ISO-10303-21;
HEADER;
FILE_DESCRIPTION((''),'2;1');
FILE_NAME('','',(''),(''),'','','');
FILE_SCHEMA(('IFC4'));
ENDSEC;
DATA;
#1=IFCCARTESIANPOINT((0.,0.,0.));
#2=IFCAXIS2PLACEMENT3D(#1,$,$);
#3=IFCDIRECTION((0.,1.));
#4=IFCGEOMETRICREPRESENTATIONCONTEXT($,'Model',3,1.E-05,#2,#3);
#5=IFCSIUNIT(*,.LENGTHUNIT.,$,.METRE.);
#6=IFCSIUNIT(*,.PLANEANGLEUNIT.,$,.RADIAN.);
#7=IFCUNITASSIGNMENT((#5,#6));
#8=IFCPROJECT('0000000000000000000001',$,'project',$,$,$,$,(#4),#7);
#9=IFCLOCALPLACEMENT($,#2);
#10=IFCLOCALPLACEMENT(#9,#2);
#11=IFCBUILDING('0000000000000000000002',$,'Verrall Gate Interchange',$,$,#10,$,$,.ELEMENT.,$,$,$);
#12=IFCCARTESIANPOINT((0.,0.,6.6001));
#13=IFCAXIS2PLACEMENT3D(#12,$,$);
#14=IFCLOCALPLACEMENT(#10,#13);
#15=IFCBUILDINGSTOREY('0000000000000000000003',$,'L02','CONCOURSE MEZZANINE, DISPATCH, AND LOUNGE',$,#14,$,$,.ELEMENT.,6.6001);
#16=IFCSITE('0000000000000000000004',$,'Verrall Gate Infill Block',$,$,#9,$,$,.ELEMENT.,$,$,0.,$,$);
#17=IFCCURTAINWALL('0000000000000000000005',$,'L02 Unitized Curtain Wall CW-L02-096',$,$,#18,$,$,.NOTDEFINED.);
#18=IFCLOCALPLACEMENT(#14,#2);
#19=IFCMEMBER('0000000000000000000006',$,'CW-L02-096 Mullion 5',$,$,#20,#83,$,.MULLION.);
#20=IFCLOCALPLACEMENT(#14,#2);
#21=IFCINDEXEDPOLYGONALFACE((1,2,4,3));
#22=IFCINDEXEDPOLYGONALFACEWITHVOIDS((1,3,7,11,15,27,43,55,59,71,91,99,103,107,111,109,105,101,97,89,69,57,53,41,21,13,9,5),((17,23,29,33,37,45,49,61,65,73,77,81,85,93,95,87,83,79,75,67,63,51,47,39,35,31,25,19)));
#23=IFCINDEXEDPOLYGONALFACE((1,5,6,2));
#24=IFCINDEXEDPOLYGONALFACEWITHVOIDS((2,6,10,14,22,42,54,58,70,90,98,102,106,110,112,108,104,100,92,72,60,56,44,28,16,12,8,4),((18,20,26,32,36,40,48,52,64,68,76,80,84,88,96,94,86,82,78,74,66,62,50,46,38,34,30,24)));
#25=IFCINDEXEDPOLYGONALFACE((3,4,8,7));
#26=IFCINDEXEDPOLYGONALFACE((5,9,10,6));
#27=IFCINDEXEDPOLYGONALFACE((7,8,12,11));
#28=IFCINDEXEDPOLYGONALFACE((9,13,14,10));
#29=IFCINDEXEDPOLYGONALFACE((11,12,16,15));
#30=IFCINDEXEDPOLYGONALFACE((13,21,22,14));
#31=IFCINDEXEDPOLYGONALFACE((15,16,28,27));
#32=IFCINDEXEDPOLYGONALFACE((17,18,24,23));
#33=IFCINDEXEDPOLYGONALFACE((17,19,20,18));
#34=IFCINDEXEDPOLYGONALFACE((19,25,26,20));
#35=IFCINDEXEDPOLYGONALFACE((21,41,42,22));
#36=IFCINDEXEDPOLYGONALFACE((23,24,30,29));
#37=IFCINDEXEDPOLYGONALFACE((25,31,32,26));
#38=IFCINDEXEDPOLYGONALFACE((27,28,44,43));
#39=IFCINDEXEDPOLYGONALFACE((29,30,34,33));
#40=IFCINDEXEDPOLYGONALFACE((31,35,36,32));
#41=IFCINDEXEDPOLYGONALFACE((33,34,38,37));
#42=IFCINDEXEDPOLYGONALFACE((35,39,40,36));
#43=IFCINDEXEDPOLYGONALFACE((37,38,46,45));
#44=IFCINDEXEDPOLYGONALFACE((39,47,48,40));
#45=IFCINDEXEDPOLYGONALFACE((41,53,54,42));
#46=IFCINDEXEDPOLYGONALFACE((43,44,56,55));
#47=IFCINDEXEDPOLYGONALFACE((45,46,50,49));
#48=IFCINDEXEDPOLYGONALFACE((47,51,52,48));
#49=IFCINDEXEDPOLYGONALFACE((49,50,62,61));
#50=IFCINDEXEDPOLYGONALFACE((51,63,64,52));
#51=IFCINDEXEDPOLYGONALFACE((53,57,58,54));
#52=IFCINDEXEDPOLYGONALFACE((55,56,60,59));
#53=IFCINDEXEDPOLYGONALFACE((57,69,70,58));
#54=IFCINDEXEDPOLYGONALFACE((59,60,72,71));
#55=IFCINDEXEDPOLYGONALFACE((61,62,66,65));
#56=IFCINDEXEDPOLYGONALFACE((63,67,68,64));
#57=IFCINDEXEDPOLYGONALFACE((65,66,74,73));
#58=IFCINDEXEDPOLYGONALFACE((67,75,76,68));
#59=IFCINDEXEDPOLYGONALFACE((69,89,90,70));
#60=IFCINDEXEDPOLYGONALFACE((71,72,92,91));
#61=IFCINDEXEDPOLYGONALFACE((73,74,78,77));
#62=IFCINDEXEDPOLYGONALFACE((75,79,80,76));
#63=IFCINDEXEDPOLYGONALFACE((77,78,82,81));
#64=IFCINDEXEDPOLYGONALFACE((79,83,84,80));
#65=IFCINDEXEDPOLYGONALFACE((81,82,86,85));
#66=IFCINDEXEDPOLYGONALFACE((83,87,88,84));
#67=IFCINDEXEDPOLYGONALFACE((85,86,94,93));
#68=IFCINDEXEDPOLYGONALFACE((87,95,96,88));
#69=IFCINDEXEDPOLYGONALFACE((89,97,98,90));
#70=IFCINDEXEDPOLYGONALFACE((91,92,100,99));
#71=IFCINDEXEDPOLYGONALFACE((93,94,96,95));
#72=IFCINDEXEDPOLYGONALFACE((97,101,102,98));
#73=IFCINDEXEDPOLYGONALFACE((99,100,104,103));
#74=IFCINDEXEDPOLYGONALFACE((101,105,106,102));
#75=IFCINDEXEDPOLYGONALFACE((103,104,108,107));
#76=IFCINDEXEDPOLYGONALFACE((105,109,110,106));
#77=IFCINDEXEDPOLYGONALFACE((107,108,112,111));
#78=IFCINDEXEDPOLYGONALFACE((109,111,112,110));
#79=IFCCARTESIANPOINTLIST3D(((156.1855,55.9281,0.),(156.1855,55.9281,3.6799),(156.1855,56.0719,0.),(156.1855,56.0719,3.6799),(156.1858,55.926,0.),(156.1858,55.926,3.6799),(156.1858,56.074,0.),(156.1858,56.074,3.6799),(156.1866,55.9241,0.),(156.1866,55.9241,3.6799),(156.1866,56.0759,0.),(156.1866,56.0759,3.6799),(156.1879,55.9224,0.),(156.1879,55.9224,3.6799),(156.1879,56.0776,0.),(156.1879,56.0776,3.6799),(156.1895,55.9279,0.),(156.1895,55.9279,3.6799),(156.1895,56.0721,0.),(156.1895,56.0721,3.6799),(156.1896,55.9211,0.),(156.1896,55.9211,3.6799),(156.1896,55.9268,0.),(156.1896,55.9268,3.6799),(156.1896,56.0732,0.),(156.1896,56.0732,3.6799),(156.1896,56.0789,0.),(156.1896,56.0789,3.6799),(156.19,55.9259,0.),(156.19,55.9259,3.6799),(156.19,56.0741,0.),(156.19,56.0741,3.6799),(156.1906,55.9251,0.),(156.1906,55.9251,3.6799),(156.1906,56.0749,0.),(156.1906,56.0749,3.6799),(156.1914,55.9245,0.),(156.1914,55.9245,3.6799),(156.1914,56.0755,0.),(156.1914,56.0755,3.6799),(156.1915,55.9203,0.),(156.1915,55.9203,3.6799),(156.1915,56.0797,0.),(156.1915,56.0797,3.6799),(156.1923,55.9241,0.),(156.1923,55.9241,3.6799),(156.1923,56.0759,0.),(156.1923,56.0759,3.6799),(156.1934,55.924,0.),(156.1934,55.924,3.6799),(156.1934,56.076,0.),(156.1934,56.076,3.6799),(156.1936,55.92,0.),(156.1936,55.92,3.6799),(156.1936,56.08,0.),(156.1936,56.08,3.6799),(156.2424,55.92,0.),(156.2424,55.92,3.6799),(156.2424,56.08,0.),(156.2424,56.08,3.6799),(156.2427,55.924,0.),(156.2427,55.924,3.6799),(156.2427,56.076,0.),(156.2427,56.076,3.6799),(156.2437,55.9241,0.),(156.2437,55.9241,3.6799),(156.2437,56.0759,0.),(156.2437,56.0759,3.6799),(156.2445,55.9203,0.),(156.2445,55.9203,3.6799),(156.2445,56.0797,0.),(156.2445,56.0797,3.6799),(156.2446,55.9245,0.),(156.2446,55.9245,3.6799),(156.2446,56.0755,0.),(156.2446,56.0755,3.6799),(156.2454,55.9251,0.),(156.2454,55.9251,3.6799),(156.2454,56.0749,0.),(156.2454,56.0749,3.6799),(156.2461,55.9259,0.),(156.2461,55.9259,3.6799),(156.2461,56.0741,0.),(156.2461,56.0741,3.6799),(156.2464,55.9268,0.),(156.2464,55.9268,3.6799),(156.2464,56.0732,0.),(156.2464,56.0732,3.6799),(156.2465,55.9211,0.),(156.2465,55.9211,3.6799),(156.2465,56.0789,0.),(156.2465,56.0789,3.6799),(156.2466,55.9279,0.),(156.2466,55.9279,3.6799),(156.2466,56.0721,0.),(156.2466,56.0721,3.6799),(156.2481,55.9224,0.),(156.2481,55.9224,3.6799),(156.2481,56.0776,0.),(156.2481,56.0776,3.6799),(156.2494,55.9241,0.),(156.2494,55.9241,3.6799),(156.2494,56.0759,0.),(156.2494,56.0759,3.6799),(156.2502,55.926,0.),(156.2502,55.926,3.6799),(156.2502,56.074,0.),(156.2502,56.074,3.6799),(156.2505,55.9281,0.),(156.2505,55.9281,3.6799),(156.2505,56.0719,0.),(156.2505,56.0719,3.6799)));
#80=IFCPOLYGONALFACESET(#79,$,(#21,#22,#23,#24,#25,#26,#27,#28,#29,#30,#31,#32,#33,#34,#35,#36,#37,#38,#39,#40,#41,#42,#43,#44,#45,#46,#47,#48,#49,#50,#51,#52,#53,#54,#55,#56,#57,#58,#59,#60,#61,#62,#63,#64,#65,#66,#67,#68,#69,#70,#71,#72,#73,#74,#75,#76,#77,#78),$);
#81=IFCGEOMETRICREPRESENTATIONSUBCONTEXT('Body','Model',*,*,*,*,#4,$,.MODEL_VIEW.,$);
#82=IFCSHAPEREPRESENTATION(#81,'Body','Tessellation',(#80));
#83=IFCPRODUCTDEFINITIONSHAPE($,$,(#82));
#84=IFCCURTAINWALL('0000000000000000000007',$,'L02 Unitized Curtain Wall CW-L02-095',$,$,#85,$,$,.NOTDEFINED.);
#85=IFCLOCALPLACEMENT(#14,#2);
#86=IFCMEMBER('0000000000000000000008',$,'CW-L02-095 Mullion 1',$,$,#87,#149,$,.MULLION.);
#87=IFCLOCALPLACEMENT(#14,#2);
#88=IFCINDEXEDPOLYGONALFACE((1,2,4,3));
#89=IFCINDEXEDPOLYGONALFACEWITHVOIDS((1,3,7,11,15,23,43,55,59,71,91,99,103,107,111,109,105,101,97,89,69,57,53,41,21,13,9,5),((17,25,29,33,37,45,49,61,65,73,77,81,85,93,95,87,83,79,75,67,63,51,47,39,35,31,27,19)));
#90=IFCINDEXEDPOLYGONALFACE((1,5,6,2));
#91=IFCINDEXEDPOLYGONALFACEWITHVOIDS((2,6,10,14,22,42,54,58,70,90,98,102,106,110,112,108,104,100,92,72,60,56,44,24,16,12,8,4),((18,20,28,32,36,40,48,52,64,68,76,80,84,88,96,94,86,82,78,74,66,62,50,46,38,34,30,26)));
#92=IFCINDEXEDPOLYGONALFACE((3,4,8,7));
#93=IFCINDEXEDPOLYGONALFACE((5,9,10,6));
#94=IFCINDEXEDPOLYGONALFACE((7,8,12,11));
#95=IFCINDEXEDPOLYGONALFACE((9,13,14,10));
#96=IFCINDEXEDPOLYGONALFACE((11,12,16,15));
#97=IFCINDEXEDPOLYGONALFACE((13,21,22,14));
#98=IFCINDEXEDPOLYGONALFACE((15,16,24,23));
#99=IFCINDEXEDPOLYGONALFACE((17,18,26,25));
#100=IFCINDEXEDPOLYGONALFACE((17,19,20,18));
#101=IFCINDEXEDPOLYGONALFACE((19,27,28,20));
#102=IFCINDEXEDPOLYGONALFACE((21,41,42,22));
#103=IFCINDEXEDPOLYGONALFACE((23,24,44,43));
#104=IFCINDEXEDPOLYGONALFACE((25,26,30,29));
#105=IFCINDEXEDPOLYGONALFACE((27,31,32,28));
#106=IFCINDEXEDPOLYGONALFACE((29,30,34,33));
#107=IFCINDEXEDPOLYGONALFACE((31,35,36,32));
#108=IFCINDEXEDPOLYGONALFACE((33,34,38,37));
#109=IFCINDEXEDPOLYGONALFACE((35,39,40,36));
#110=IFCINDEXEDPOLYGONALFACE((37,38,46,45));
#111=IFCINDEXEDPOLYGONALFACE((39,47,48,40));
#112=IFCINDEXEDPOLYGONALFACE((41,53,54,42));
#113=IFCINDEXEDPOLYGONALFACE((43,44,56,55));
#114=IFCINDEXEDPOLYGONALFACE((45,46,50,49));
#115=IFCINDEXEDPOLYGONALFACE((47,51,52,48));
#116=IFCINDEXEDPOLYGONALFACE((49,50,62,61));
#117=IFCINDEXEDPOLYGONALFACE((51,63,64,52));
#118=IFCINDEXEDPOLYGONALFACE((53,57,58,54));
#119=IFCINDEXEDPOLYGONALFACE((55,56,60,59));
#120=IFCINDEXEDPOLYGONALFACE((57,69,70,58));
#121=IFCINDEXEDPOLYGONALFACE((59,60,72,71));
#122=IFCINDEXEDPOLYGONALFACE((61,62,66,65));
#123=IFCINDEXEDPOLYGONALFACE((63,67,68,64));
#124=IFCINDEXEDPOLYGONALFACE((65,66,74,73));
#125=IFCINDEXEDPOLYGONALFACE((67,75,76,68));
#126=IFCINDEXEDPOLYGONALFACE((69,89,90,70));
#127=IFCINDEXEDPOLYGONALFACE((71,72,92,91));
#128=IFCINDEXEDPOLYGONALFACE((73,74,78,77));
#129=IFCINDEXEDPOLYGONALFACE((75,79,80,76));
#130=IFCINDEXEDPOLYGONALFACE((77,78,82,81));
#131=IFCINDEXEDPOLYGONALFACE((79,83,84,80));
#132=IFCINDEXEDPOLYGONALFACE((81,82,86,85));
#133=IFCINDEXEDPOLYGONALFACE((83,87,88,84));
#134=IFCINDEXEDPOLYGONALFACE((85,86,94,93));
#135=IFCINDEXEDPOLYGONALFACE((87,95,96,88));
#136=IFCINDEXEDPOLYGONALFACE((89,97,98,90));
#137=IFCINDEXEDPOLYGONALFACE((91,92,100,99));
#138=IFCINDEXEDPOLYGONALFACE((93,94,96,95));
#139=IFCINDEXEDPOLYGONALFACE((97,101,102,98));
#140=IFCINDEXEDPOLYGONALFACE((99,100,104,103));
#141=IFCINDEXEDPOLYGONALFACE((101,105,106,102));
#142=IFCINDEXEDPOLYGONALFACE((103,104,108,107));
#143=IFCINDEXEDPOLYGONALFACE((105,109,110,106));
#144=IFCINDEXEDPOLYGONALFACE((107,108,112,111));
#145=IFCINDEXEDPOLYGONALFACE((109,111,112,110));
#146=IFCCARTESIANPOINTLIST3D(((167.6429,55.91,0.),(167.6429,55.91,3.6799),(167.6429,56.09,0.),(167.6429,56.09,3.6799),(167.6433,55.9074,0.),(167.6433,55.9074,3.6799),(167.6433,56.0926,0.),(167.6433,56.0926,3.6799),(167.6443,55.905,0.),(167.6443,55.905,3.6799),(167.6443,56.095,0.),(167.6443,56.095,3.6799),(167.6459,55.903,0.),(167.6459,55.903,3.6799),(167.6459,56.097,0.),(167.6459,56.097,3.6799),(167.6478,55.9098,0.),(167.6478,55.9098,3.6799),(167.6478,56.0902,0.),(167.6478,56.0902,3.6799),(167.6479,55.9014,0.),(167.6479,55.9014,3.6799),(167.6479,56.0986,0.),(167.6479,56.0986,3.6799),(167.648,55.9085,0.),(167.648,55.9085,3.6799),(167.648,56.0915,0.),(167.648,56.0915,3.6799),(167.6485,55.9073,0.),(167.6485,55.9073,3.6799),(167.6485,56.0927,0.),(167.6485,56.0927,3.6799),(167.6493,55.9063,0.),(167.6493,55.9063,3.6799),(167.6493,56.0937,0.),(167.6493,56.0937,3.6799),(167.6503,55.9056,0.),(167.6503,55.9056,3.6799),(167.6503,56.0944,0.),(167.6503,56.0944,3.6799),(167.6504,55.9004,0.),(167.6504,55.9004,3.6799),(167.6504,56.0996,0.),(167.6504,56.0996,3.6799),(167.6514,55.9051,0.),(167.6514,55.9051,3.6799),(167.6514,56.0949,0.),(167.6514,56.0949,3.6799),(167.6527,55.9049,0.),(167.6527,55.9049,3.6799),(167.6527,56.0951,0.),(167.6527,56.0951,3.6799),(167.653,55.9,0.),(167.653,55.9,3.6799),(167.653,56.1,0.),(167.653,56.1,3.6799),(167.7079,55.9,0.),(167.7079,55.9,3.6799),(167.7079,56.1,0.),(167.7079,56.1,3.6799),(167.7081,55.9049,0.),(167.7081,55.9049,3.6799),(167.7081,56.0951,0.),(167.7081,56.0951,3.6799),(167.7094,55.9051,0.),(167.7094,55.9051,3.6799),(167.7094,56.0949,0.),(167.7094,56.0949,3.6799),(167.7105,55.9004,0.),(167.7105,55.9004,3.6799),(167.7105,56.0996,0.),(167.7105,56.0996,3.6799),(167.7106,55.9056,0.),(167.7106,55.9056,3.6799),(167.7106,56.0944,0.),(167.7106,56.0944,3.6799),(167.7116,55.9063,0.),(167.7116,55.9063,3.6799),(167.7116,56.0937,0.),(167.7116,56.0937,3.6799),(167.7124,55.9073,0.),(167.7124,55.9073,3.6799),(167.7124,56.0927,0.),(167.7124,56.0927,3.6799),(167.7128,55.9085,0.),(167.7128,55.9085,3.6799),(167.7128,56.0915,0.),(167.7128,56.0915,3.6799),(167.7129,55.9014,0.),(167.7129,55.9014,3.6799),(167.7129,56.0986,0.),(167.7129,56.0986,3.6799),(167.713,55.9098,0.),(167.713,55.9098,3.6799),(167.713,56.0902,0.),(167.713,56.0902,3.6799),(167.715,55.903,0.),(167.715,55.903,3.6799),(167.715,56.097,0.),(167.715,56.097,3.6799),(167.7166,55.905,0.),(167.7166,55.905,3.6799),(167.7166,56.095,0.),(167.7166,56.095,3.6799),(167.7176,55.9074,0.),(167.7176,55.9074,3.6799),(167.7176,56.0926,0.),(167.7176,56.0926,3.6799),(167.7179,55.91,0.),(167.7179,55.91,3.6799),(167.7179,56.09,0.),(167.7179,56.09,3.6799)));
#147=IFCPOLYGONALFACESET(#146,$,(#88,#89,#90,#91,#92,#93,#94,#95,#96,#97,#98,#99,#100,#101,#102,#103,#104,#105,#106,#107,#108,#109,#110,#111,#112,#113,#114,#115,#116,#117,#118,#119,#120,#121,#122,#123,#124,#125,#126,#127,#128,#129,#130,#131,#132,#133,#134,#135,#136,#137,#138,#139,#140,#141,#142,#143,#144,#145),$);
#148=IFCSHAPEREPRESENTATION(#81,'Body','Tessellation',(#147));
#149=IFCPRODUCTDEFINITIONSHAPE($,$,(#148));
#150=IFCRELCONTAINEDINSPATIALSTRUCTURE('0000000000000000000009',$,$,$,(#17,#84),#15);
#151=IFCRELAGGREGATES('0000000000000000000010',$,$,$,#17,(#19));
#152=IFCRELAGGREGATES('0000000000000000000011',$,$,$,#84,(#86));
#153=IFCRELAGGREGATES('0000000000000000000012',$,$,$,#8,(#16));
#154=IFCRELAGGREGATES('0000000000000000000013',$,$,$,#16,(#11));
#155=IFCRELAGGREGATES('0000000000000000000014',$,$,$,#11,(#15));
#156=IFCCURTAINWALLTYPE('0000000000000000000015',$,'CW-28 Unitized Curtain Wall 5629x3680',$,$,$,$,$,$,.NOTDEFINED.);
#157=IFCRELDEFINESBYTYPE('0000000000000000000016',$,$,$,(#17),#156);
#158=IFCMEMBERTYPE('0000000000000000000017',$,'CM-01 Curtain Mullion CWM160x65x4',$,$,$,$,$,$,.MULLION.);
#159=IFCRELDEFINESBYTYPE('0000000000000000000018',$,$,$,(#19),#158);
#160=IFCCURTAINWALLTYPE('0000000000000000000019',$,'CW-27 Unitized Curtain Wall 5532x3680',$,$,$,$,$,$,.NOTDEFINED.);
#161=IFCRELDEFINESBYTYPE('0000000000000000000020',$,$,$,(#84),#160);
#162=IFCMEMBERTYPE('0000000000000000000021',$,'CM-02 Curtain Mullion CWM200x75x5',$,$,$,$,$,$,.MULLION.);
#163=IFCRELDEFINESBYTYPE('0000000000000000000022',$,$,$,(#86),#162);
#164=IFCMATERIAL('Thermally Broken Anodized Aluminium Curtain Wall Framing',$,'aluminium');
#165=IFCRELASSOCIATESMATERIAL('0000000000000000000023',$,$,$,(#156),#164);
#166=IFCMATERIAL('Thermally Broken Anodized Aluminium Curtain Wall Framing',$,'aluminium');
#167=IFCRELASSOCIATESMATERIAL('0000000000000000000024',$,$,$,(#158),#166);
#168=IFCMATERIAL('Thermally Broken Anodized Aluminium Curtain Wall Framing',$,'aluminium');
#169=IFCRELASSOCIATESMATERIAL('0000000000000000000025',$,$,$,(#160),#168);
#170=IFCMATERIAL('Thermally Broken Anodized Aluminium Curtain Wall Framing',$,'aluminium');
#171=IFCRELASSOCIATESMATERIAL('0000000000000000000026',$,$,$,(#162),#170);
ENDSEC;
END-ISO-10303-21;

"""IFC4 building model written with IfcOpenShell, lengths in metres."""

from ifc_helpers import new_model, si_unit, direction, frame, origin, origin_2d, place, context, subcontext, project, spatial, hollow_rectangle, extrude, material, material_profile, profile_set, type_object, element, aggregate, save


model = new_model("IFC4")

# Units and contexts
model_context = context("Model", 3, precision=1e-05, world=origin(), true_north=direction((0.0, 1.0)))
body_context = subcontext(model_context, "Body", "Model", "MODEL_VIEW")
ifc_project = project(units=[si_unit("LENGTHUNIT", "METRE"), si_unit("PLANEANGLEUNIT", "RADIAN")], contexts=[model_context])

# Site, building, storey
site_placement = place(None, origin())
site = spatial("IfcSite", under=ifc_project, at=site_placement, Name="Verrall Gate Infill Block", CompositionType="ELEMENT", RefElevation=0.0)
building_placement = place(site_placement, origin())
building = spatial("IfcBuilding", under=site, at=building_placement, Name="Verrall Gate Interchange", CompositionType="ELEMENT")
storey_placement = place(building_placement, frame((0.0, 0.0, 6.6001)))
storey = spatial("IfcBuildingStorey", under=building, at=storey_placement, Name="L02", Description="CONCOURSE MEZZANINE, DISPATCH, AND LOUNGE", CompositionType="ELEMENT", Elevation=6.6001)

# Curtain walls, members
ifc_material_1 = material(Name="Thermally Broken Anodized Aluminium Curtain Wall Framing", Category="aluminium")
curtain_wall_type_1 = type_object("IfcCurtainWallType", Name="CW-28 Unitized Curtain Wall 5629x3680", PredefinedType="NOTDEFINED", material=ifc_material_1)
curtain_wall_1_placement = place(storey_placement, origin())
curtain_wall_1 = element("IfcCurtainWall", 1, at=curtain_wall_1_placement, inside=storey, type_object=curtain_wall_type_1, Name="L02 Unitized Curtain Wall CW-L02-096", PredefinedType="NOTDEFINED")
ifc_material_2 = material(Name="Thermally Broken Anodized Aluminium Curtain Wall Framing", Category="aluminium")
ifc_material_profile_1 = material_profile(ifc_material_2, hollow_rectangle(XDim=0.0649, YDim=0.1599, WallThickness=0.0039, InnerFilletRadius=0.0039, OuterFilletRadius=0.0081, at=origin_2d()), Name="CWM160x65x4")
ifc_profile_set_1 = profile_set([ifc_material_profile_1], Name="Thermally Broken Anodized Aluminium Curtain Wall Framing")
member_type_1 = type_object("IfcMemberType", Name="CM-01 Curtain Mullion CWM160x65x4", PredefinedType="MULLION", material=ifc_profile_set_1)
member_1_placement = place(storey_placement, frame((156.218, 56.0, 0.0), z_axis=(0.0, 0.0, 1.0), x_axis=(-1.0, 0.0, 0.0)))
member_1 = element("IfcMember", 2, at=member_1_placement, type_object=member_type_1, Name="CW-L02-096 Mullion 5", PredefinedType="MULLION", context=body_context, shape_type="SweptSolid", body=[
    extrude(hollow_rectangle(XDim=0.0649, YDim=0.1599, WallThickness=0.0039, InnerFilletRadius=0.0039, OuterFilletRadius=0.0081, at=origin_2d()), origin(), (0.0, 0.0, 1.0), 3.6799),
])
ifc_material_3 = material(Name="Thermally Broken Anodized Aluminium Curtain Wall Framing", Category="aluminium")
curtain_wall_type_2 = type_object("IfcCurtainWallType", Name="CW-27 Unitized Curtain Wall 5532x3680", PredefinedType="NOTDEFINED", material=ifc_material_3)
curtain_wall_2_placement = place(storey_placement, origin())
curtain_wall_2 = element("IfcCurtainWall", 3, at=curtain_wall_2_placement, inside=storey, type_object=curtain_wall_type_2, Name="L02 Unitized Curtain Wall CW-L02-095", PredefinedType="NOTDEFINED")
ifc_material_4 = material(Name="Thermally Broken Anodized Aluminium Curtain Wall Framing", Category="aluminium")
ifc_material_profile_2 = material_profile(ifc_material_4, hollow_rectangle(XDim=0.075, YDim=0.2, WallThickness=0.0049, InnerFilletRadius=0.0049, OuterFilletRadius=0.01, at=origin_2d()), Name="CWM200x75x5")
ifc_profile_set_2 = profile_set([ifc_material_profile_2], Name="Thermally Broken Anodized Aluminium Curtain Wall Framing")
member_type_2 = type_object("IfcMemberType", Name="CM-02 Curtain Mullion CWM200x75x5", PredefinedType="MULLION", material=ifc_profile_set_2)
member_2_placement = place(storey_placement, frame((167.6804, 56.0, 0.0), z_axis=(0.0, 0.0, 1.0), x_axis=(-1.0, 0.0, 0.0)))
member_2 = element("IfcMember", 4, at=member_2_placement, type_object=member_type_2, Name="CW-L02-095 Mullion 1", PredefinedType="MULLION", context=body_context, shape_type="SweptSolid", body=[
    extrude(hollow_rectangle(XDim=0.075, YDim=0.2, WallThickness=0.0049, InnerFilletRadius=0.0049, OuterFilletRadius=0.01, at=origin_2d()), origin(), (0.0, 0.0, 1.0), 3.6799),
])

aggregate(curtain_wall_1, [member_1])
aggregate(curtain_wall_2, [member_2])

save(model, "model.ifc")
